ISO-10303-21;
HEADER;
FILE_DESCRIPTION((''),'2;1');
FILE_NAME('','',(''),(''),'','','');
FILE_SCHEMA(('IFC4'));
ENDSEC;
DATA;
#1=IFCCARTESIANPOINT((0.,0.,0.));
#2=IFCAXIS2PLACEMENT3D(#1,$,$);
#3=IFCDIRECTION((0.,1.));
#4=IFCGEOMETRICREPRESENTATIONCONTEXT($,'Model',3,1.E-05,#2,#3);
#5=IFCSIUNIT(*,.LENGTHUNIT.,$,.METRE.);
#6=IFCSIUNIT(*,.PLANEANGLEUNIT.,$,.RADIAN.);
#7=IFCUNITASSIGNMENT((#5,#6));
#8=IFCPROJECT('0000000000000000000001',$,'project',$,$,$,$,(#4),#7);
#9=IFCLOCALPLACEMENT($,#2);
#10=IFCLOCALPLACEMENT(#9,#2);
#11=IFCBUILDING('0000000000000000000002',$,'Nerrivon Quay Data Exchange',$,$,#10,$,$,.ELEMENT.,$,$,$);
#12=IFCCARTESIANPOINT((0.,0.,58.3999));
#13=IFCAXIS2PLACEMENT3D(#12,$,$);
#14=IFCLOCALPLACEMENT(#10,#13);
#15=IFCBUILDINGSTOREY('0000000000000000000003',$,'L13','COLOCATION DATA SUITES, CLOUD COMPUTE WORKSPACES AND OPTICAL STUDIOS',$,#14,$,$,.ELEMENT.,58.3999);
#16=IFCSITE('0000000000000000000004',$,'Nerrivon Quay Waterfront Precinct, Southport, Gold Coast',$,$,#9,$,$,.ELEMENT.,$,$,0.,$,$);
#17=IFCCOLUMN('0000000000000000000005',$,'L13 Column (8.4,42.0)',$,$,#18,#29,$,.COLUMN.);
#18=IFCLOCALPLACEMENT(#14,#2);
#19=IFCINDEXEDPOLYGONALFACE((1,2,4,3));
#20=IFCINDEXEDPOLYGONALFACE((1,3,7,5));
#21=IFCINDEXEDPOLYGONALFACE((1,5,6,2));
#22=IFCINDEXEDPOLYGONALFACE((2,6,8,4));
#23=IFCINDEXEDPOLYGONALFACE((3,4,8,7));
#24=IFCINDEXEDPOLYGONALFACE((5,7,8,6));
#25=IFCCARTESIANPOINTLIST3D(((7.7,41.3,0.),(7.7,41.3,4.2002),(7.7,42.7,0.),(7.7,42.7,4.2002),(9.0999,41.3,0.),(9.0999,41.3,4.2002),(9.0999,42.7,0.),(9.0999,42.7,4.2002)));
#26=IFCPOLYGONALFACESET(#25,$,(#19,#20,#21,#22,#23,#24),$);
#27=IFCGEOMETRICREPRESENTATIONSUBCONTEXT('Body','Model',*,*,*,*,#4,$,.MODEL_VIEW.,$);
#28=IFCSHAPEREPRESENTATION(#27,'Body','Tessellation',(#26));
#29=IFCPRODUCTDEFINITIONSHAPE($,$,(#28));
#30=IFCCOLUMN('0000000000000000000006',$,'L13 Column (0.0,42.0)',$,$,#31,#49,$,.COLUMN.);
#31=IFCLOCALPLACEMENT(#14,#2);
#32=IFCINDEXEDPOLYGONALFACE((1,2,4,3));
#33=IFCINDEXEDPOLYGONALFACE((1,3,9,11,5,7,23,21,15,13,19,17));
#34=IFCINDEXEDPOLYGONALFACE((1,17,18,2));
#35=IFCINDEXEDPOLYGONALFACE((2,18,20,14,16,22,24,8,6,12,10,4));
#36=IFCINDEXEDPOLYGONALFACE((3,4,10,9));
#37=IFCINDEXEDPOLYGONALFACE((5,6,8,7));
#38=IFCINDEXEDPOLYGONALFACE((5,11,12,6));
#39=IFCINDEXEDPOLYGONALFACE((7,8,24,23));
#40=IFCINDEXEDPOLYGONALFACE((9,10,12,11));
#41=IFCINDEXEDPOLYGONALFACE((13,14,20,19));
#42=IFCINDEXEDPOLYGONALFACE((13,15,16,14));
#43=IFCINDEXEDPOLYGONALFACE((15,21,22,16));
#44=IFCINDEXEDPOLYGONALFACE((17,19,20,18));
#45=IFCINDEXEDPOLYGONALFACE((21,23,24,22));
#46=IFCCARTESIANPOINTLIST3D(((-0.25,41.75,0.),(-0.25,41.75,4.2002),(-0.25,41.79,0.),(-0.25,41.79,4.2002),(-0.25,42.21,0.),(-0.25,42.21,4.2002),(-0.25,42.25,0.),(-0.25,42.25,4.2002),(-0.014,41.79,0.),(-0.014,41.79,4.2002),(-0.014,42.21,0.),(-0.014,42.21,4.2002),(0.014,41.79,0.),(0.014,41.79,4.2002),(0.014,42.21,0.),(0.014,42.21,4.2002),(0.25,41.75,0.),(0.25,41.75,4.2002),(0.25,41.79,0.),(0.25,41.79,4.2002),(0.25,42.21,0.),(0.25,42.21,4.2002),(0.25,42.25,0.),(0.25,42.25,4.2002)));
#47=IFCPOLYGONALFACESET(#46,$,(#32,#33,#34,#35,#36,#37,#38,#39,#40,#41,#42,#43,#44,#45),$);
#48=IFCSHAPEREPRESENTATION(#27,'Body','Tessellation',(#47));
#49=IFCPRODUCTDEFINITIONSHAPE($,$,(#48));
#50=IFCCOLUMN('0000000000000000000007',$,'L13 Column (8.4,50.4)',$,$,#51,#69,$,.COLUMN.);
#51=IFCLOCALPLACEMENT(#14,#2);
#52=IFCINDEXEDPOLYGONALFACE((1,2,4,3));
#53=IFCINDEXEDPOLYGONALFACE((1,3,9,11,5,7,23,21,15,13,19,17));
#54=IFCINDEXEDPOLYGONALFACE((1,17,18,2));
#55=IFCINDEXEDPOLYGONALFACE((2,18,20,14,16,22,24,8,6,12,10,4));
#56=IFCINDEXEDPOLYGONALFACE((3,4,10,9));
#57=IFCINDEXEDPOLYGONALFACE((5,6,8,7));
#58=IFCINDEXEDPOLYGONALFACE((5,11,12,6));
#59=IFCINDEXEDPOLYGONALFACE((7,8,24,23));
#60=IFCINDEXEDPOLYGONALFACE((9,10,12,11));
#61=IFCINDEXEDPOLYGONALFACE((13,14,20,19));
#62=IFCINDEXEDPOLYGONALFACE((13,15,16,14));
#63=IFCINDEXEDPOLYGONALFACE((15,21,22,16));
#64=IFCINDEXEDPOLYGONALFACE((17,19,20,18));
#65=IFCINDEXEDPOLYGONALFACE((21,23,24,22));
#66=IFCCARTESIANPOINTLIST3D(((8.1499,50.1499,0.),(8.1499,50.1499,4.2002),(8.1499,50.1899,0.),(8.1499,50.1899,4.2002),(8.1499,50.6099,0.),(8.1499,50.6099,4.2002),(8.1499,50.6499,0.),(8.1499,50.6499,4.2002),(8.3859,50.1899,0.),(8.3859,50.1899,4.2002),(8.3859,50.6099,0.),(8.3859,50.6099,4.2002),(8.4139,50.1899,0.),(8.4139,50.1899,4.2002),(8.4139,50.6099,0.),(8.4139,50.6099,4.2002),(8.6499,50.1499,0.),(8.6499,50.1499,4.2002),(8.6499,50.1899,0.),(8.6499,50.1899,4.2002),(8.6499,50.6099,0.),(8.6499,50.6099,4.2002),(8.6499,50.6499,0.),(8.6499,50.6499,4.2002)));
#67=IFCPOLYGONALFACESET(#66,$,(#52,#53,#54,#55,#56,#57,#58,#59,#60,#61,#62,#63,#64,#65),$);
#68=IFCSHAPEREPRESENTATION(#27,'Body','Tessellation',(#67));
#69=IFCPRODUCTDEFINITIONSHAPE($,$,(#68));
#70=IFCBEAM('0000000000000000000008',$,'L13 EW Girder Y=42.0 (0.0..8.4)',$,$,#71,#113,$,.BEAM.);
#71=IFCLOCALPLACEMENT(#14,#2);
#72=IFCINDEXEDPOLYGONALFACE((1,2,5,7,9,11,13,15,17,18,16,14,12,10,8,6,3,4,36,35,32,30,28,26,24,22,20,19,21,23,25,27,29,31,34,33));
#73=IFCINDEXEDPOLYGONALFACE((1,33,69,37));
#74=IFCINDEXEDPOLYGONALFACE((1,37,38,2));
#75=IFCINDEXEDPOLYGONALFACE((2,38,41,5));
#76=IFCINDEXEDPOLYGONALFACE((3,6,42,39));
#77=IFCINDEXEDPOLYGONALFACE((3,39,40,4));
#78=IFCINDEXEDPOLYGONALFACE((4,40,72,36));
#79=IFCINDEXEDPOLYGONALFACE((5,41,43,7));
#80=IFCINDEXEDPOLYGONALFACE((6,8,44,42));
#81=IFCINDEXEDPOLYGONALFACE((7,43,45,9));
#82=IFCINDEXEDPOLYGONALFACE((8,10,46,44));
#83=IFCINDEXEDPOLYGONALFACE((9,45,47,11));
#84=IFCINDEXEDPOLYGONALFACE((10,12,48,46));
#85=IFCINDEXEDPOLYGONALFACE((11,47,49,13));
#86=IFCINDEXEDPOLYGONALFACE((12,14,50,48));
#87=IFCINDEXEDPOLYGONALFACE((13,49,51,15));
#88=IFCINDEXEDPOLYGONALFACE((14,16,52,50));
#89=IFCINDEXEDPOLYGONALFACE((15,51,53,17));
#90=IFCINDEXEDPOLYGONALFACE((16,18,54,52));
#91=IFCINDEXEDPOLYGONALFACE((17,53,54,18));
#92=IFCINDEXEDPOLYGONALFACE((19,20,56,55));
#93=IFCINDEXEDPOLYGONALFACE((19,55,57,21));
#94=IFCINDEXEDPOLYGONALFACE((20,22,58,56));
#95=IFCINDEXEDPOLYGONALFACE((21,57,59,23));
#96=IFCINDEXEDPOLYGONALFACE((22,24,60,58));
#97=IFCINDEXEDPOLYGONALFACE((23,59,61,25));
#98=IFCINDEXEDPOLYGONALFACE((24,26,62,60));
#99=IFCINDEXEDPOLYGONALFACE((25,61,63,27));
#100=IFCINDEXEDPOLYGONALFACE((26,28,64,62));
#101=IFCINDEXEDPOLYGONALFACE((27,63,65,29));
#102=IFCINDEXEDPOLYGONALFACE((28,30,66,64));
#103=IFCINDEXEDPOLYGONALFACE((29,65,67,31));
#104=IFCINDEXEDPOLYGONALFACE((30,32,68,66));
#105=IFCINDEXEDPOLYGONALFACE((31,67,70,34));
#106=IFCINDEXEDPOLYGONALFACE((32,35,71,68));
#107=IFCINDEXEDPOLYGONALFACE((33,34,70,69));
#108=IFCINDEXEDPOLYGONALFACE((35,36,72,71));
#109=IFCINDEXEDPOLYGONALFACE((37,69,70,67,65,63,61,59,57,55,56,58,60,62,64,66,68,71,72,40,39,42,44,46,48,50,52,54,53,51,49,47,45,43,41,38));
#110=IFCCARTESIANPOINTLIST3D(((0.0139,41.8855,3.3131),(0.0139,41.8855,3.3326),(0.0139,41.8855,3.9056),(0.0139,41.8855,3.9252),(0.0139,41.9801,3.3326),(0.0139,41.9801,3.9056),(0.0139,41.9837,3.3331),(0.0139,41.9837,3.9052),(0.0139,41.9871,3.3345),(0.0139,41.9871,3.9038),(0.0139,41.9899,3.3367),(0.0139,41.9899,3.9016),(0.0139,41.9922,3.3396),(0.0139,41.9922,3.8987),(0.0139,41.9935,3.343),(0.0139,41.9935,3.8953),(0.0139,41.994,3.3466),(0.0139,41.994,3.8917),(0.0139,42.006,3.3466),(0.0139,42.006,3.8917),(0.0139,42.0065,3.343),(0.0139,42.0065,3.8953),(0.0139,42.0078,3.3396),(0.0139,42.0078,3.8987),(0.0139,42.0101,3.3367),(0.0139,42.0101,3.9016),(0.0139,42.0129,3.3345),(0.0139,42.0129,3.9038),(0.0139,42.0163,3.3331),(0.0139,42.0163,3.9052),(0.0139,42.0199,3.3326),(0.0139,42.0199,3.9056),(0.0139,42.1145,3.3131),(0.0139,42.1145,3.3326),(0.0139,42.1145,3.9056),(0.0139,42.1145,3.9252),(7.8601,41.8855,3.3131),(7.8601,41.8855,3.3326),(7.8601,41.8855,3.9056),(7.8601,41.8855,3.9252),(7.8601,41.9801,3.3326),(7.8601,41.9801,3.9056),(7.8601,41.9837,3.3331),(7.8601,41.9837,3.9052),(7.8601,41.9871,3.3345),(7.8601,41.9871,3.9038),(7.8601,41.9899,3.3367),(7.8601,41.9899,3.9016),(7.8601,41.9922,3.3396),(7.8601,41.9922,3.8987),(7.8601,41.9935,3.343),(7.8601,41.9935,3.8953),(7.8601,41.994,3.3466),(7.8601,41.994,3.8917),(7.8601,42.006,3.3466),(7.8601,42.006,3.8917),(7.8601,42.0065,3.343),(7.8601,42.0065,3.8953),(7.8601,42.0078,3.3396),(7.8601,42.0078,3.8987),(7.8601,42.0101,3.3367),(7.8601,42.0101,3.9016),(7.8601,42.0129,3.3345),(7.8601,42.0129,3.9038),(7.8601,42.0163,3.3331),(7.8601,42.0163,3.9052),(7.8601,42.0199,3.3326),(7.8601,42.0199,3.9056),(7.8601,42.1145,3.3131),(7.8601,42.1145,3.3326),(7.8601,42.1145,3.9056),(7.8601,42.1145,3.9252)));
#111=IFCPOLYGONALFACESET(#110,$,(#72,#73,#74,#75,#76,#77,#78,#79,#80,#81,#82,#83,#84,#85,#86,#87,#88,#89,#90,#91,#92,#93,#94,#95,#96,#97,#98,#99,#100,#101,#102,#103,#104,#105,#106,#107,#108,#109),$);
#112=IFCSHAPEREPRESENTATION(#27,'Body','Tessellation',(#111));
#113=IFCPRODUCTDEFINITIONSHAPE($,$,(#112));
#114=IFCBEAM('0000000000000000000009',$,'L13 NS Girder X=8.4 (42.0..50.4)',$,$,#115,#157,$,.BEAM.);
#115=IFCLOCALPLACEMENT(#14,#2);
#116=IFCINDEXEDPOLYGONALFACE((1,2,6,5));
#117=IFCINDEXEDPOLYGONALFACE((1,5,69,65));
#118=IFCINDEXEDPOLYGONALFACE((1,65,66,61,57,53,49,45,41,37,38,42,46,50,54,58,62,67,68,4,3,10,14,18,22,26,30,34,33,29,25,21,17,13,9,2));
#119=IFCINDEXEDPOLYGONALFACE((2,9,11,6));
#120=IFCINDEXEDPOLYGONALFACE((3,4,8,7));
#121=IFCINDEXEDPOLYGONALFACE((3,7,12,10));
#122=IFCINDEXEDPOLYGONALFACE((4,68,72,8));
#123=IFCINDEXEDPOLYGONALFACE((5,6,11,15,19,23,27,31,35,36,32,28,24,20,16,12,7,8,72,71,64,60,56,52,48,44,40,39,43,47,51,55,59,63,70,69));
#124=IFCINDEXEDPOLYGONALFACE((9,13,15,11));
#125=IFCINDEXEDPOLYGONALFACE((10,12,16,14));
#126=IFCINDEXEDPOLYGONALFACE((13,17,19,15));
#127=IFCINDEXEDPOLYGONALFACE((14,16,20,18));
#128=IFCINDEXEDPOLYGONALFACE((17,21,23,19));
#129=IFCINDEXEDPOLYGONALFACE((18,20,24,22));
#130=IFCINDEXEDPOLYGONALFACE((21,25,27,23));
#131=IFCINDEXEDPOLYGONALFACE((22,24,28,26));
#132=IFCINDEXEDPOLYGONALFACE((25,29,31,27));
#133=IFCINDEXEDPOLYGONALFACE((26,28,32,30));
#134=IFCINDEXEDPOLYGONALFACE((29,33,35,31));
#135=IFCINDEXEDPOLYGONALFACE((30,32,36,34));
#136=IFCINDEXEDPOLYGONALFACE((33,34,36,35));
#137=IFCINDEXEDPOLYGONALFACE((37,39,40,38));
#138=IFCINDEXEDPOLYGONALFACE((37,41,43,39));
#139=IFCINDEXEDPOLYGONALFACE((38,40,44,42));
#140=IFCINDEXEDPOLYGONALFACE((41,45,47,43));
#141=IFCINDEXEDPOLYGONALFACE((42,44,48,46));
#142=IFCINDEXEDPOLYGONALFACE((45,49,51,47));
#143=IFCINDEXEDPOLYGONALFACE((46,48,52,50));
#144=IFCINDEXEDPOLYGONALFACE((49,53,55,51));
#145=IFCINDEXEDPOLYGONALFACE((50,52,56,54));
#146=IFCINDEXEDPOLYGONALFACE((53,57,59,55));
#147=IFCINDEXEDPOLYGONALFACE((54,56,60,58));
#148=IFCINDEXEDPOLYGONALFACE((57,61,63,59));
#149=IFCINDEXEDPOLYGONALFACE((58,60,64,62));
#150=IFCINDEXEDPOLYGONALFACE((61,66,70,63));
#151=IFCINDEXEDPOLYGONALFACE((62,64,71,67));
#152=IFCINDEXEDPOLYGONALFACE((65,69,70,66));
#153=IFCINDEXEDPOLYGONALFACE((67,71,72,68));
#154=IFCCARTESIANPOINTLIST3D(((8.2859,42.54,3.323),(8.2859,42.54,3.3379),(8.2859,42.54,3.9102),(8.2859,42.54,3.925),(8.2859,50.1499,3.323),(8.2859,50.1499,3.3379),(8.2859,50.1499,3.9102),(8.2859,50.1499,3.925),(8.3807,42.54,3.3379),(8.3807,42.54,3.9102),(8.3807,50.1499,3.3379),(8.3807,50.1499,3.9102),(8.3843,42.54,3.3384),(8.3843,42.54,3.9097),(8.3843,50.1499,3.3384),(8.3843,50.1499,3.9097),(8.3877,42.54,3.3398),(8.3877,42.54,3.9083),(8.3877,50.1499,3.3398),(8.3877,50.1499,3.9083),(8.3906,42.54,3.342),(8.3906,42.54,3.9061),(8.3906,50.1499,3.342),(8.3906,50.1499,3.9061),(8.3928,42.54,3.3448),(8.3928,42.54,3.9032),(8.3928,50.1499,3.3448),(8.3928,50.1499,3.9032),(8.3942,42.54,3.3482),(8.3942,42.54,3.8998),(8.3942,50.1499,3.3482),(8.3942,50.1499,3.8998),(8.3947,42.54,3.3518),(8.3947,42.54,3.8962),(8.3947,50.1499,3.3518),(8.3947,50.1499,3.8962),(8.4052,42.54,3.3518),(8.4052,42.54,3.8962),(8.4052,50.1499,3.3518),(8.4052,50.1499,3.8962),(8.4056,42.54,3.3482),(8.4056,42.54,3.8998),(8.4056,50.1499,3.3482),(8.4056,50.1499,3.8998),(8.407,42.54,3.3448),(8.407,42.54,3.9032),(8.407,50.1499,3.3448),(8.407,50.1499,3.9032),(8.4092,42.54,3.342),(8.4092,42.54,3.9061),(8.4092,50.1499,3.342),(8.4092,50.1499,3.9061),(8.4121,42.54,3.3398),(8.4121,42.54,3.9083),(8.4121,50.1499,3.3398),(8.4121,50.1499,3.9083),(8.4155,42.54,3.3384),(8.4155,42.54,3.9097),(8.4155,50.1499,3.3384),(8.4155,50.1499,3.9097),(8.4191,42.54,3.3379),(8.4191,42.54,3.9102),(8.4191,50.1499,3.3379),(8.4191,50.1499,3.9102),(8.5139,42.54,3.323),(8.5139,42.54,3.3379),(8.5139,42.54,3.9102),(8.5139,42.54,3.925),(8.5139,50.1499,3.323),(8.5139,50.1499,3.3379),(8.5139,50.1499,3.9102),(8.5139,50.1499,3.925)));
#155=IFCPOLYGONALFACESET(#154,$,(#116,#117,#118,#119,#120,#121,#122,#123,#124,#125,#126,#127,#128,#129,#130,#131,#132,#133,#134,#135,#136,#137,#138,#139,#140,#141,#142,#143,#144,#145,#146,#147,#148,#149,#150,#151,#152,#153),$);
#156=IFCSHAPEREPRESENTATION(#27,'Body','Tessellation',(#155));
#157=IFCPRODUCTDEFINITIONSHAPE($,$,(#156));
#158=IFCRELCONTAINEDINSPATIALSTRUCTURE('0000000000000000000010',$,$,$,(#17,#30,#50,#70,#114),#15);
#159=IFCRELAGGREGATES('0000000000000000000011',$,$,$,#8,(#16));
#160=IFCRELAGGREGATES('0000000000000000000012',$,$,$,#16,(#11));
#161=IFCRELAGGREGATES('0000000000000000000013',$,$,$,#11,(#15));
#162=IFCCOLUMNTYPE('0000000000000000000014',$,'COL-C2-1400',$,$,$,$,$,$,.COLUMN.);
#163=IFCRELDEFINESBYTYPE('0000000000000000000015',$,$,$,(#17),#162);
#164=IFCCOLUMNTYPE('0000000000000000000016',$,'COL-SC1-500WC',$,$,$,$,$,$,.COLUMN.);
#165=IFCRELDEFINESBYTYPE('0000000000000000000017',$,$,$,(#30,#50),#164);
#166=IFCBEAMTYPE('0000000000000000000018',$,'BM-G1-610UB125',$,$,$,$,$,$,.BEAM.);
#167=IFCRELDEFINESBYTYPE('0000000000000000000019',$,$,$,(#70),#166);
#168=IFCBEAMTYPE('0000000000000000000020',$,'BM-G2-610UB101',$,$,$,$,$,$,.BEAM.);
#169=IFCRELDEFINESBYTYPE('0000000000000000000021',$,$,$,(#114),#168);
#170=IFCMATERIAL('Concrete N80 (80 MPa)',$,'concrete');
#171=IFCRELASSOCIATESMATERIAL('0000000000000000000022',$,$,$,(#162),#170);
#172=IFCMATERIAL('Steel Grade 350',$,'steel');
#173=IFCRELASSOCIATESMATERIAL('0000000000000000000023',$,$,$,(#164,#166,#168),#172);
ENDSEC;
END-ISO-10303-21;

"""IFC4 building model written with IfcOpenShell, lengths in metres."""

from ifc_helpers import new_model, si_unit, direction, frame, origin, origin_2d, place, context, subcontext, project, spatial, rectangle, i_section, extrude, material, material_profile, profile_set, type_object, element, save


model = new_model("IFC4")

# Units and contexts
model_context = context("Model", 3, precision=1e-05, world=origin(), true_north=direction((0.0, 1.0)))
body_context = subcontext(model_context, "Body", "Model", "MODEL_VIEW")
ifc_project = project(units=[si_unit("LENGTHUNIT", "METRE"), si_unit("PLANEANGLEUNIT", "RADIAN")], contexts=[model_context])

# Site, building, storey
site_placement = place(None, origin())
site = spatial("IfcSite", under=ifc_project, at=site_placement, Name="Nerrivon Quay Waterfront Precinct, Southport, Gold Coast", CompositionType="ELEMENT", RefElevation=0.0)
building_placement = place(site_placement, origin())
building = spatial("IfcBuilding", under=site, at=building_placement, Name="Nerrivon Quay Data Exchange", CompositionType="ELEMENT")
storey_placement = place(building_placement, frame((0.0, 0.0, 58.3999)))
storey = spatial("IfcBuildingStorey", under=building, at=storey_placement, Name="L13", Description="COLOCATION DATA SUITES, CLOUD COMPUTE WORKSPACES AND OPTICAL STUDIOS", CompositionType="ELEMENT", Elevation=58.3999)

# Columns
ifc_material_1 = material(Name="Concrete N80 (80 MPa)", Category="concrete")
ifc_material_profile_1 = material_profile(ifc_material_1, rectangle(XDim=1.3999, YDim=1.3999, at=origin_2d()), Name="RC-COL-1400x1400")
ifc_profile_set_1 = profile_set([ifc_material_profile_1], Name="Concrete N80 (80 MPa)")
column_type_1 = type_object("IfcColumnType", Name="COL-C2-1400", PredefinedType="COLUMN", material=ifc_profile_set_1)
column_placement = place(storey_placement, frame((8.3999, 42.0, 0.0), z_axis=(0.0, 0.0, 1.0), x_axis=(1.0, 0.0, 0.0)))
element("IfcColumn", 1, at=column_placement, inside=storey, type_object=column_type_1, Name="L13 Column (8.4,42.0)", PredefinedType="COLUMN", context=body_context, shape_type="SweptSolid", body=[
    extrude(rectangle(XDim=1.3999, YDim=1.3999, at=origin_2d()), origin(), (0.0, 0.0, 1.0), 4.2002),
])
ifc_material_2 = material(Name="Steel Grade 350", Category="steel")
ifc_material_profile_2 = material_profile(ifc_material_2, i_section(OverallWidth=0.5, OverallDepth=0.5, WebThickness=0.0281, FlangeThickness=0.04, at=origin_2d()), Name="500WC440")
ifc_profile_set_2 = profile_set([ifc_material_profile_2], Name="Steel Grade 350")
column_type_2 = type_object("IfcColumnType", Name="COL-SC1-500WC", PredefinedType="COLUMN", material=ifc_profile_set_2)
for number, where, z_axis, x_axis, name in (
    (2, (0.0, 42.0, 0.0), (0.0, 0.0, 1.0), (1.0, 0.0, 0.0), "L13 Column (0.0,42.0)"),
    (3, (8.3999, 50.3999, 0.0), (0.0, 0.0, 1.0), (1.0, 0.0, 0.0), "L13 Column (8.4,50.4)"),
):
    element("IfcColumn", number, at=place(storey_placement, frame(where, z_axis=z_axis, x_axis=x_axis)), inside=storey, type_object=column_type_2, Name=name, PredefinedType="COLUMN", context=body_context, shape_type="SweptSolid", body=[
        extrude(i_section(OverallWidth=0.5, OverallDepth=0.5, WebThickness=0.0281, FlangeThickness=0.04, at=origin_2d()), origin(), (0.0, 0.0, 1.0), 4.2002),
    ])

# Beams
ifc_material_profile_3 = material_profile(ifc_material_2, i_section(OverallWidth=0.229, OverallDepth=0.6121, WebThickness=0.012, FlangeThickness=0.0195, FilletRadius=0.0139, at=origin_2d()), Name="610UB125")
ifc_profile_set_3 = profile_set([ifc_material_profile_3], Name="Steel Grade 350")
beam_type_1 = type_object("IfcBeamType", Name="BM-G1-610UB125", PredefinedType="BEAM", material=ifc_profile_set_3)
beam_1_placement = place(storey_placement, frame((0.0139, 42.0, 3.6191), z_axis=(1.0, 0.0, 0.0), x_axis=(0.0, 1.0, 0.0)))
element("IfcBeam", 4, at=beam_1_placement, inside=storey, type_object=beam_type_1, Name="L13 EW Girder Y=42.0 (0.0..8.4)", PredefinedType="BEAM", context=body_context, shape_type="SweptSolid", body=[
    extrude(i_section(OverallWidth=0.229, OverallDepth=0.6121, WebThickness=0.012, FlangeThickness=0.0195, FilletRadius=0.0139, at=origin_2d()), origin(), (0.0, 0.0, 1.0), 7.8462),
])
ifc_material_profile_4 = material_profile(ifc_material_2, i_section(OverallWidth=0.228, OverallDepth=0.6021, WebThickness=0.0105, FlangeThickness=0.0149, FilletRadius=0.0139, at=origin_2d()), Name="610UB101")
ifc_profile_set_4 = profile_set([ifc_material_profile_4], Name="Steel Grade 350")
beam_type_2 = type_object("IfcBeamType", Name="BM-G2-610UB101", PredefinedType="BEAM", material=ifc_profile_set_4)
beam_2_placement = place(storey_placement, frame((8.3999, 42.54, 3.624), z_axis=(0.0, 1.0, 0.0), x_axis=(-1.0, 0.0, 0.0)))
element("IfcBeam", 5, at=beam_2_placement, inside=storey, type_object=beam_type_2, Name="L13 NS Girder X=8.4 (42.0..50.4)", PredefinedType="BEAM", context=body_context, shape_type="SweptSolid", body=[
    extrude(i_section(OverallWidth=0.228, OverallDepth=0.6021, WebThickness=0.0105, FlangeThickness=0.0149, FilletRadius=0.0139, at=origin_2d()), origin(), (0.0, 0.0, 1.0), 7.6099),
])

save(model, "model.ifc")
